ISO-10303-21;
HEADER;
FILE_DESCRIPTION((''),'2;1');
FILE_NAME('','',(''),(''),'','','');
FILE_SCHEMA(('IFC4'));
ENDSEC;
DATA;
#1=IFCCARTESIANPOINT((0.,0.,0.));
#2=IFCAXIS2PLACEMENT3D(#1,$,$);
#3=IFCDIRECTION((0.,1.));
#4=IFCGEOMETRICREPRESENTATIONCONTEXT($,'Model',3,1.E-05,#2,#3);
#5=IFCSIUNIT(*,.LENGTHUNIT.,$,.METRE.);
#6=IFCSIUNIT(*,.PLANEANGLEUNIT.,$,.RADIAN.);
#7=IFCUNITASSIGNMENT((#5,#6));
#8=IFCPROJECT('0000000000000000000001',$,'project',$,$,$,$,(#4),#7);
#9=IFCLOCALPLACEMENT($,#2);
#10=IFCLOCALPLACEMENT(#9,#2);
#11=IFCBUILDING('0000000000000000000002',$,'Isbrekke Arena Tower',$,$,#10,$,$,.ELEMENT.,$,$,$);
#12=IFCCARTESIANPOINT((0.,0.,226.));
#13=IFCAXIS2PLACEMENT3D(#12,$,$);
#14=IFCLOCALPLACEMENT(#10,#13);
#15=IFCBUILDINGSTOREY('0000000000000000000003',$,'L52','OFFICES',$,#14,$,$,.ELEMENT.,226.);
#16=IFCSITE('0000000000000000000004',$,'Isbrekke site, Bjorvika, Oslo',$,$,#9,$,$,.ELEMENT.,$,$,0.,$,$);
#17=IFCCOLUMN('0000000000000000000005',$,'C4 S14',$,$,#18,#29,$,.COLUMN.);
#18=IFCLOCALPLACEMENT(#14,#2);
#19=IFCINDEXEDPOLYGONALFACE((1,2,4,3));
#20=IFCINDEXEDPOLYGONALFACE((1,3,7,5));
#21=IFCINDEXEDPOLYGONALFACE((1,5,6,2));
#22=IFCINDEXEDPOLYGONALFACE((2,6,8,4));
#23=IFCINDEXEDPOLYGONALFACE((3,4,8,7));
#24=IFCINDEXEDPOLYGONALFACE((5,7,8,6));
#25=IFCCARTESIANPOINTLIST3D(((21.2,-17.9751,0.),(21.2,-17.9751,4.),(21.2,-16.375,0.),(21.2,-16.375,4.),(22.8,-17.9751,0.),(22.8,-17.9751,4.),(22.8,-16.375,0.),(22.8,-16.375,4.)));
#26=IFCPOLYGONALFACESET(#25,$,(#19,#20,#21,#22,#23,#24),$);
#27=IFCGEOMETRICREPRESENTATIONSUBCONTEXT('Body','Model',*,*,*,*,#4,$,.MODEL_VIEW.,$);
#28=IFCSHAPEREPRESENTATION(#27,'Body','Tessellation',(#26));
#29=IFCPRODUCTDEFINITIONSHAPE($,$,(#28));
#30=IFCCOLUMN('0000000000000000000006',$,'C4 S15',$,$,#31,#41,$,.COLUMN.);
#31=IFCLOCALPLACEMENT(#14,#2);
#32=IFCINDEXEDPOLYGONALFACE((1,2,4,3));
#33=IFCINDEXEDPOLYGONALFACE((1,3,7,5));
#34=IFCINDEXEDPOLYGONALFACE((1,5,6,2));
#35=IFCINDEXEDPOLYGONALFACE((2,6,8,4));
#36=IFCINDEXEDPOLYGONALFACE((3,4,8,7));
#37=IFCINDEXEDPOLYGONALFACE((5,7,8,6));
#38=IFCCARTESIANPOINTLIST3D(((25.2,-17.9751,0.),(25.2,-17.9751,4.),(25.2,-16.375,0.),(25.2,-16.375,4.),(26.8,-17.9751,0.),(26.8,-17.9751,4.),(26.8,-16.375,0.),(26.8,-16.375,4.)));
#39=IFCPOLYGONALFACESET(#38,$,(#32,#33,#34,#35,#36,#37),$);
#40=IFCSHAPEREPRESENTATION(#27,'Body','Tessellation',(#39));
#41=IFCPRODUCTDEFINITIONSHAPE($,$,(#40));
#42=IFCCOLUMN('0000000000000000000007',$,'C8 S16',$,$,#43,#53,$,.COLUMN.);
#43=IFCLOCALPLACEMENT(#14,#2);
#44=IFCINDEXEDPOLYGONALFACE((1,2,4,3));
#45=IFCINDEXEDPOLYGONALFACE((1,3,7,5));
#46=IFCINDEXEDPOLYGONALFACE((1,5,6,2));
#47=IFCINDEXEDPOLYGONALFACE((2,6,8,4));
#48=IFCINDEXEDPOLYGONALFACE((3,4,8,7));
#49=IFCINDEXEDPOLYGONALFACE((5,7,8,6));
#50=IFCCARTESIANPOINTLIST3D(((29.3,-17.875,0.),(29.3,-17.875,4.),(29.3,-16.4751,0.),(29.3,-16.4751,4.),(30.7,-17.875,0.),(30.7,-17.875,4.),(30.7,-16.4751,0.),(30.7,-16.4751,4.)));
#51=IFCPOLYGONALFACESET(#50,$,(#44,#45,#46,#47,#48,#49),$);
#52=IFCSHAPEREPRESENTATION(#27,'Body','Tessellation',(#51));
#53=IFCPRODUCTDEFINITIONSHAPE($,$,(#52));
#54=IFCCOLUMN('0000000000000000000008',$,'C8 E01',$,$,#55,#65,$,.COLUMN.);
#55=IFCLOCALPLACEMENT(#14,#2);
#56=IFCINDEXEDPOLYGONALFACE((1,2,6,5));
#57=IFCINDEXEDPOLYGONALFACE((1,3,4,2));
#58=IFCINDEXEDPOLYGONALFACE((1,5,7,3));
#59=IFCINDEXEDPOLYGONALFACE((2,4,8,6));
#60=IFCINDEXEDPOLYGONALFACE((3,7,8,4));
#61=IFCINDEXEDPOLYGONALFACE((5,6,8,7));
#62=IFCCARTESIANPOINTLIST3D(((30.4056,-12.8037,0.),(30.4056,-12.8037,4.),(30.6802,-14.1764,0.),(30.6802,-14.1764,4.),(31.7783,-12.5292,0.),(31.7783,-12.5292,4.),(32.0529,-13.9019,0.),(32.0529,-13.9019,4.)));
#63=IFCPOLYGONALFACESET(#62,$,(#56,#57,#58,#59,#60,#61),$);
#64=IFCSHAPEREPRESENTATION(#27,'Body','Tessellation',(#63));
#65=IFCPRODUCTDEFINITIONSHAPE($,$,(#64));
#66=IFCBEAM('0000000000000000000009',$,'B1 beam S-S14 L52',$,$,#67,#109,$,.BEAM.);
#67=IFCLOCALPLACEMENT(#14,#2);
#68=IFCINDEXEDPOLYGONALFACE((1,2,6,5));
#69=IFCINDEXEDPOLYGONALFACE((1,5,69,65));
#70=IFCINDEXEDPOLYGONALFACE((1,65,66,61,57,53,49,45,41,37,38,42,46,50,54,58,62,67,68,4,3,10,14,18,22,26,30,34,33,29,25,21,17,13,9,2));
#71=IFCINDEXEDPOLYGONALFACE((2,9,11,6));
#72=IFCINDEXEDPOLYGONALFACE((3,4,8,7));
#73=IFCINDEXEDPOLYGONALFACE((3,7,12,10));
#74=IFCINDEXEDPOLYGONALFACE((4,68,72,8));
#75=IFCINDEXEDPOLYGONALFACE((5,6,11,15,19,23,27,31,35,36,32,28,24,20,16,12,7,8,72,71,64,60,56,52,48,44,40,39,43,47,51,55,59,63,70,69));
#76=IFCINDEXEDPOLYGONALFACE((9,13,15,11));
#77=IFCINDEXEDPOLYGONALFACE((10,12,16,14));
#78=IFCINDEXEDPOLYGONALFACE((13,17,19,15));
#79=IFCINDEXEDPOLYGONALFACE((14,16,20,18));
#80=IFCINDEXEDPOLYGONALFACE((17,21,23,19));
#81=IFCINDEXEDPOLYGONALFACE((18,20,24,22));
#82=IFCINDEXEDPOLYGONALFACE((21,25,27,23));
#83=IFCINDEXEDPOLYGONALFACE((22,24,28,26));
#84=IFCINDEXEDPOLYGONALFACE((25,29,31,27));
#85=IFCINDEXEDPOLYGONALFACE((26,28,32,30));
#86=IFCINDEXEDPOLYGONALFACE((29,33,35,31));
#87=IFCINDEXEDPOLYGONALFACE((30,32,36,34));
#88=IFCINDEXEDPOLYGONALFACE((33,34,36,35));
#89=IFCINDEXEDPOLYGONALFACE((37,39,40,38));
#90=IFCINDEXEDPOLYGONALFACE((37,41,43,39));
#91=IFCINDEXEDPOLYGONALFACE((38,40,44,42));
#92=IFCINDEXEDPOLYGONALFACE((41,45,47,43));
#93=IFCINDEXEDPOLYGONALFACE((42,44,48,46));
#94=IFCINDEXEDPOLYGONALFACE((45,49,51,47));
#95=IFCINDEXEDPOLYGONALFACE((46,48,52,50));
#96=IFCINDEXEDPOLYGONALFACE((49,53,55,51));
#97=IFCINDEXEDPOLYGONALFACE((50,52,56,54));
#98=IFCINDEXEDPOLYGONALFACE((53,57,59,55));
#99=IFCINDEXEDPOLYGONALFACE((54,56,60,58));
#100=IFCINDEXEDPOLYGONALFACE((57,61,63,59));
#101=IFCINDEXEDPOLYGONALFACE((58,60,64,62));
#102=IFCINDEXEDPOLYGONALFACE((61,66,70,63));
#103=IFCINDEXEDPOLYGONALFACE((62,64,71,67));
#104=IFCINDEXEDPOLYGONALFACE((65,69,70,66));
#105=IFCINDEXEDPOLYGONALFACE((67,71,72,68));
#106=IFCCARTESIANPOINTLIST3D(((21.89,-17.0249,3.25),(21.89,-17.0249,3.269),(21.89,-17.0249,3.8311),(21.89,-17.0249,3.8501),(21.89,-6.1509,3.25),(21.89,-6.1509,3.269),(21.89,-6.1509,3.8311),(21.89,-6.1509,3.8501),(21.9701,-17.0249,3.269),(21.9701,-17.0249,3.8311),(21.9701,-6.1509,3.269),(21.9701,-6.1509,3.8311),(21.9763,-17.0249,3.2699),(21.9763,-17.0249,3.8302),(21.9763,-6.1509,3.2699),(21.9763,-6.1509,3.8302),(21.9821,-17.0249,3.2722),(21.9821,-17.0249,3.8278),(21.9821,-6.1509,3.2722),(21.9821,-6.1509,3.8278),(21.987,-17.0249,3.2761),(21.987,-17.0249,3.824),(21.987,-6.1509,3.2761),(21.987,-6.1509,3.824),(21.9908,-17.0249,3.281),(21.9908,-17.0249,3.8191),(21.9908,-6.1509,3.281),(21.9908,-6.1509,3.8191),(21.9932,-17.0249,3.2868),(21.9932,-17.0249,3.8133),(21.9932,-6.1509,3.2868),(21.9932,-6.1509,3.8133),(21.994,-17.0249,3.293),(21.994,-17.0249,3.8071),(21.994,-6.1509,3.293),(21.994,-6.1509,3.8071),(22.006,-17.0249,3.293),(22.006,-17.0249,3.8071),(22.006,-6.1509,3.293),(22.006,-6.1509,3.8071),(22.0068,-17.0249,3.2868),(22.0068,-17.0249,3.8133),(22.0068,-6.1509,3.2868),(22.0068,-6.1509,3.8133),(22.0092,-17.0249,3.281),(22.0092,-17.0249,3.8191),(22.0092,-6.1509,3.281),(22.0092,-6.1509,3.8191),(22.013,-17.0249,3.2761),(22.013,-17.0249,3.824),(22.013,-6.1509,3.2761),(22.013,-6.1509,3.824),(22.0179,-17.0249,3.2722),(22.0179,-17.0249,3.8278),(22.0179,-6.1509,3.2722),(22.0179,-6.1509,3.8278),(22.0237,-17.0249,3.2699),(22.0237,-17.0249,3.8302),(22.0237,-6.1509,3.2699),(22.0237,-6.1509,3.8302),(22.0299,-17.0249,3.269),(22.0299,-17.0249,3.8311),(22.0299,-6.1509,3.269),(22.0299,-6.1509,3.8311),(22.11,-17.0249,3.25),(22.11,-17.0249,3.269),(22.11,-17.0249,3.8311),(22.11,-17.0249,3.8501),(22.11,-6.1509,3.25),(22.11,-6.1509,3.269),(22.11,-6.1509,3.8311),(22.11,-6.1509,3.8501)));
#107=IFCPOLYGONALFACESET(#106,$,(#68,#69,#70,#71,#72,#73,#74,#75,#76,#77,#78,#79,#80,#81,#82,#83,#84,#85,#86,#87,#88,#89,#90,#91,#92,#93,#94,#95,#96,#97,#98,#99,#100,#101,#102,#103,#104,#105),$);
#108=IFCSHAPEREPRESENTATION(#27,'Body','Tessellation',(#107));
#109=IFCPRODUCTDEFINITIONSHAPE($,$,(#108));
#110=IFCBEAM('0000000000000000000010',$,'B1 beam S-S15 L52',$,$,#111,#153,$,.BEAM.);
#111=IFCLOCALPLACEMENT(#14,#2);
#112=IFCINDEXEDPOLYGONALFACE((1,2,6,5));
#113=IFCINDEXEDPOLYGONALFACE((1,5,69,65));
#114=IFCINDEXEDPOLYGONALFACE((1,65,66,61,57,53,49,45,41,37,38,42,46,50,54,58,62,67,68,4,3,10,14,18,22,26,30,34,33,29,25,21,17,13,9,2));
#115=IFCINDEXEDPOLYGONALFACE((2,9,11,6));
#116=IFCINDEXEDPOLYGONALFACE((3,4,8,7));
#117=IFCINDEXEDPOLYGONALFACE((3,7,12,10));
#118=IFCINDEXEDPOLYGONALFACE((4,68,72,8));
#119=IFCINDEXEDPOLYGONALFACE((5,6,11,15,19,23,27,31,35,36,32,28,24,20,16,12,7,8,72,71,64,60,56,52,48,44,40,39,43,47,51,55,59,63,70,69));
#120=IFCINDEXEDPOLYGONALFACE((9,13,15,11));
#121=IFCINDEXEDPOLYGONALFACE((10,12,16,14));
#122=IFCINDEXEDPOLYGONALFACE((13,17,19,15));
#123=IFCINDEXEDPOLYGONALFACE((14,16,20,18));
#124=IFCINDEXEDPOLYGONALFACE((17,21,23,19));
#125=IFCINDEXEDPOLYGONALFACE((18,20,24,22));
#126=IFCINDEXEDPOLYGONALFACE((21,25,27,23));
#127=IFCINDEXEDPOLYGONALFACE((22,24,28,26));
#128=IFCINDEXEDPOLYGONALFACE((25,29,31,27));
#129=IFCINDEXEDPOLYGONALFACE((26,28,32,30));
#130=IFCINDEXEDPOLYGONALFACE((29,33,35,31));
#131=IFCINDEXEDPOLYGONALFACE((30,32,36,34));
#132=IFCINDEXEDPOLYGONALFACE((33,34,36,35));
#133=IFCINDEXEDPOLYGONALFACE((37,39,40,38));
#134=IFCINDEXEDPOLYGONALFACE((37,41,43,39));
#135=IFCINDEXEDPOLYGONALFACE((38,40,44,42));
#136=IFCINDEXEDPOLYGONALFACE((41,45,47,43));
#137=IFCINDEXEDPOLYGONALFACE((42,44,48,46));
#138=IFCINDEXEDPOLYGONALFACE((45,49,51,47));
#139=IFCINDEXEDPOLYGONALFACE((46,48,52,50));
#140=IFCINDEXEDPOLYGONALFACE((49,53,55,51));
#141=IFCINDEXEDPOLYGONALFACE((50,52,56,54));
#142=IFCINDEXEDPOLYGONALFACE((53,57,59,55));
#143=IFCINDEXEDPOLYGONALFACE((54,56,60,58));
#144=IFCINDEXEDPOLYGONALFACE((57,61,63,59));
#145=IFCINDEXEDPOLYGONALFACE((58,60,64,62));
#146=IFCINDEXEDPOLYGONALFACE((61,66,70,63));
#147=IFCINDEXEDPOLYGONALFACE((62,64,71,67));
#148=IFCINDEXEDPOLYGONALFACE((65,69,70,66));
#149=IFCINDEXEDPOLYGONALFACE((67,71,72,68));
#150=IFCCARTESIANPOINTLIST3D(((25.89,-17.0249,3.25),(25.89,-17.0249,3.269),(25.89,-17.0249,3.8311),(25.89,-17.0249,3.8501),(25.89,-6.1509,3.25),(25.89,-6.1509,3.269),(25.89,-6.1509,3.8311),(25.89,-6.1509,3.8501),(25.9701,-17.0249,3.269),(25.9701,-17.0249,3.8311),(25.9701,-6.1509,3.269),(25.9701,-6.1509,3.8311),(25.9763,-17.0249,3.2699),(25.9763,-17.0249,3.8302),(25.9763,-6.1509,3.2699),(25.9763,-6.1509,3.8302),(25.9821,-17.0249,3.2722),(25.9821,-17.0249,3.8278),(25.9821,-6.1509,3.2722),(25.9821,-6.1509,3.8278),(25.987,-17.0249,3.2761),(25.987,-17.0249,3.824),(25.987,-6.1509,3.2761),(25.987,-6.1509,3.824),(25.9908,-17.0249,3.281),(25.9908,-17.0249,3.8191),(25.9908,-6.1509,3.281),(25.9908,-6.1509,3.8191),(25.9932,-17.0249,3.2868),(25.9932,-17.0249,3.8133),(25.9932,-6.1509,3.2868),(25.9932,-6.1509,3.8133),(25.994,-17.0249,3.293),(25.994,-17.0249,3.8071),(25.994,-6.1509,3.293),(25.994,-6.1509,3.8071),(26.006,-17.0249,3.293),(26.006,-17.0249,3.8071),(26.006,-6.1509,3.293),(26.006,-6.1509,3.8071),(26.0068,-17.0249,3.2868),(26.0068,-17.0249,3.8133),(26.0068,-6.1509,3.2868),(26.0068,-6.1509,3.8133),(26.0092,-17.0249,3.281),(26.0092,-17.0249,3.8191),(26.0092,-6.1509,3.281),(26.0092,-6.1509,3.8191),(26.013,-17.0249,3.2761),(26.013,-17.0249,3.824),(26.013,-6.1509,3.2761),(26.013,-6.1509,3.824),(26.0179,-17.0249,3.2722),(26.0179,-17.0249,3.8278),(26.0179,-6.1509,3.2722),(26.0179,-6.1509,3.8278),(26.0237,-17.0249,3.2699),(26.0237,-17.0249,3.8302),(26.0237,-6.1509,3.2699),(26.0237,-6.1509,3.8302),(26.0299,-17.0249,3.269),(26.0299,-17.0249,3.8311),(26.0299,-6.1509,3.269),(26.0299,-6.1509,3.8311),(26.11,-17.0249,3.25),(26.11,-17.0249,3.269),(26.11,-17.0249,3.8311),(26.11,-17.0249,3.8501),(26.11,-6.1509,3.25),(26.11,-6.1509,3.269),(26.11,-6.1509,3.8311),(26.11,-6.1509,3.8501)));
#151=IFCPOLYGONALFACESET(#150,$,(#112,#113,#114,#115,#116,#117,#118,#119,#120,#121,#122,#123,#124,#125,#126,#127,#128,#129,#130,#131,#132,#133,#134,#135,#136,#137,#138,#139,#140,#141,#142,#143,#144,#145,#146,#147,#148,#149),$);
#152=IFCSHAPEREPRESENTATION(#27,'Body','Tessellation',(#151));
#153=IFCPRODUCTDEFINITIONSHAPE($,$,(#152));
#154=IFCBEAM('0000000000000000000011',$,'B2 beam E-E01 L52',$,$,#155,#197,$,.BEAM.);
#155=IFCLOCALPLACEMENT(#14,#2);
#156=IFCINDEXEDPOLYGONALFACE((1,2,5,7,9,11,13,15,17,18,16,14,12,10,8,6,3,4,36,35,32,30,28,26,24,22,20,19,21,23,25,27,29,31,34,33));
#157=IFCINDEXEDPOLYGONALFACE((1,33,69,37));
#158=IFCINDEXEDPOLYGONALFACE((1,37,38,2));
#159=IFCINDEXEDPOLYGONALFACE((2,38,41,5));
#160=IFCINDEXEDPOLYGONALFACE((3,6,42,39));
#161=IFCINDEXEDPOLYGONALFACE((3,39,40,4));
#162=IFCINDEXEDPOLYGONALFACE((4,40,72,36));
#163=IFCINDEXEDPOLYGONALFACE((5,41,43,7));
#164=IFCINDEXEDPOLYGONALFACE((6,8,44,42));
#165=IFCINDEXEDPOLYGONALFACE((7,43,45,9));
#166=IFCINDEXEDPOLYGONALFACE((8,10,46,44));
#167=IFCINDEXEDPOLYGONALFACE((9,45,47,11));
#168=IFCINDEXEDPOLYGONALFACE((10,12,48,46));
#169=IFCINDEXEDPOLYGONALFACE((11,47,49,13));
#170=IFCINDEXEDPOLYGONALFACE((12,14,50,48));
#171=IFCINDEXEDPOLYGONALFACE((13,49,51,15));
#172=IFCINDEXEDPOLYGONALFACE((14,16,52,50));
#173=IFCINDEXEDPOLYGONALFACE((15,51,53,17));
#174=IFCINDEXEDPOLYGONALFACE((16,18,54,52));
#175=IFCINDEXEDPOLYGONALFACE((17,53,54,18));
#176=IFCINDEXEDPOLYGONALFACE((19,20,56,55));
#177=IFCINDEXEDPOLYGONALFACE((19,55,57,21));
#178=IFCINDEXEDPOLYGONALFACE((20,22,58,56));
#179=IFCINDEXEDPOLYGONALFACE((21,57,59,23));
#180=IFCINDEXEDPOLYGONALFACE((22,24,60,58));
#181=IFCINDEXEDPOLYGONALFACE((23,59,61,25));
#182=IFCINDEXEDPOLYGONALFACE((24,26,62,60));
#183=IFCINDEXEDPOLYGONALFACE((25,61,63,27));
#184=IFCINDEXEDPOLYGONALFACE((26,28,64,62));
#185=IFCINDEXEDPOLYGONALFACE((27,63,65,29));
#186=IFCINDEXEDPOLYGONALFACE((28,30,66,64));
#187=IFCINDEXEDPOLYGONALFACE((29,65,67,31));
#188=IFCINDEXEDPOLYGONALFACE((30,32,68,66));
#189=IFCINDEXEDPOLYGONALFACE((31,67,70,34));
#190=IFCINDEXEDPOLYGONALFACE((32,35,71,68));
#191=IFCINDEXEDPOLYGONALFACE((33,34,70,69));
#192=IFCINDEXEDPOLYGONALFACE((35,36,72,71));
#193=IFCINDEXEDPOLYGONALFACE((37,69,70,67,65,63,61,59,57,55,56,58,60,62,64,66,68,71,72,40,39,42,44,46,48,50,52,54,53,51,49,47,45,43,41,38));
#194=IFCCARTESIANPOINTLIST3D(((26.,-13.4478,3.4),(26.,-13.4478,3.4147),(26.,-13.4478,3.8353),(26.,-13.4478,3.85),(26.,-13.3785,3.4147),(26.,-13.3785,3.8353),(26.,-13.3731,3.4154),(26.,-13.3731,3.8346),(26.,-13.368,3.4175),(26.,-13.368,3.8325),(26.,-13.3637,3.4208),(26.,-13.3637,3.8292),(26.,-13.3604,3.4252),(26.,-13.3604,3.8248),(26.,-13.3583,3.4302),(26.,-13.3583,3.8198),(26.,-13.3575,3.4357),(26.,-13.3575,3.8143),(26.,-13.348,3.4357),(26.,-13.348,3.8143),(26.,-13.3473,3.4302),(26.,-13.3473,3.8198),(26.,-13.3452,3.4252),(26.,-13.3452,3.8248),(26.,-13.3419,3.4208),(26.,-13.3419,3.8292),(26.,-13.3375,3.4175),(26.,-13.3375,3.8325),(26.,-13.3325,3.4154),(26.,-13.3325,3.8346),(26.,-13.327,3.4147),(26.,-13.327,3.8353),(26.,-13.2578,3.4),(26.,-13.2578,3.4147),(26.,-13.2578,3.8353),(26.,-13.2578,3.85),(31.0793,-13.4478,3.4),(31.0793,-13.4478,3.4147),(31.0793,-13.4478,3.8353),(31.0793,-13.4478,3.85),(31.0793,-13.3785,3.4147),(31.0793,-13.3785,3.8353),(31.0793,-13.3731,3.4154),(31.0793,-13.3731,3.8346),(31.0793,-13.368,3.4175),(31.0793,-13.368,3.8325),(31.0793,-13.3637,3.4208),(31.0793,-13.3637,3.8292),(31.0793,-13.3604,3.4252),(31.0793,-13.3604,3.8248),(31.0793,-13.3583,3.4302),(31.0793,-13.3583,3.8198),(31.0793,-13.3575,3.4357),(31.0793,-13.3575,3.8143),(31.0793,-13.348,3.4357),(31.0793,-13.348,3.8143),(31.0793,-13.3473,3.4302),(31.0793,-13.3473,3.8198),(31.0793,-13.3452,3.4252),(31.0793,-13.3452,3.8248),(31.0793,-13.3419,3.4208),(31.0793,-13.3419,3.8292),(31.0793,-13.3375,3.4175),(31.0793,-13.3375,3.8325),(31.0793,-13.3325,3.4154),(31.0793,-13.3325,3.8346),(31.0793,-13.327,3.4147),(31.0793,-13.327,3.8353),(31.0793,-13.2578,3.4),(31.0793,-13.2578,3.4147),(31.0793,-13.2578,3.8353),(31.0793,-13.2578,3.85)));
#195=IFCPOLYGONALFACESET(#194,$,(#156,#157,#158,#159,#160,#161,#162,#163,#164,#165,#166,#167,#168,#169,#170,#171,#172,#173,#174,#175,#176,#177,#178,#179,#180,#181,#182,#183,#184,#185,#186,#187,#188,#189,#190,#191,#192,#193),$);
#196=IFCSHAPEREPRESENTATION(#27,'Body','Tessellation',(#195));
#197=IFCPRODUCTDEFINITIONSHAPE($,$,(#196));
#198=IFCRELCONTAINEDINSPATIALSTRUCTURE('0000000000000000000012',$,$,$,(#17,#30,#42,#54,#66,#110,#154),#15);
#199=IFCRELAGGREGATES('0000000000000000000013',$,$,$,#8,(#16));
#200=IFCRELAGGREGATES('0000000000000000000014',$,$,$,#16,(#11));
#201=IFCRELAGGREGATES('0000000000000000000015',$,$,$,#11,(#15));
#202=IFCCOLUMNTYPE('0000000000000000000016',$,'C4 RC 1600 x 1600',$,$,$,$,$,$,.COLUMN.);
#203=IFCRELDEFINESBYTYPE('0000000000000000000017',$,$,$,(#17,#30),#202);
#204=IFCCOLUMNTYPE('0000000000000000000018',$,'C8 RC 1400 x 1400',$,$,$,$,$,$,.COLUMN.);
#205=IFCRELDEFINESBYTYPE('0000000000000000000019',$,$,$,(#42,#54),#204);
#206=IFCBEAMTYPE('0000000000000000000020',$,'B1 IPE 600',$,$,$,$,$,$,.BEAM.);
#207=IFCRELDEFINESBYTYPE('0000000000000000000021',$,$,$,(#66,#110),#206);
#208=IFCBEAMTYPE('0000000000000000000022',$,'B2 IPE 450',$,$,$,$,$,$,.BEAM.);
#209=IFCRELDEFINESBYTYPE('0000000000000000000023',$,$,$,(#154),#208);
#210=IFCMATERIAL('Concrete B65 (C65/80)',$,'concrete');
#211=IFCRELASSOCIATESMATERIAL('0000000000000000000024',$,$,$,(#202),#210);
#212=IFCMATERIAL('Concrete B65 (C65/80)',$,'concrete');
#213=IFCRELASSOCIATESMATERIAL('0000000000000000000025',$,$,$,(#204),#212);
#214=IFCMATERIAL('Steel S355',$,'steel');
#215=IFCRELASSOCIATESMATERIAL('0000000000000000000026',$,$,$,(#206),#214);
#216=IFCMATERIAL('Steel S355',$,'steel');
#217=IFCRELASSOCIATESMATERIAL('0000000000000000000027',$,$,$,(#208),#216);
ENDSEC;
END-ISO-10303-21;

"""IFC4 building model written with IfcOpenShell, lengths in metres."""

from ifc_helpers import new_model, si_unit, direction, frame, origin, origin_2d, place, context, subcontext, project, spatial, rectangle, i_section, extrude, material, material_profile, profile_set, type_object, element, save


model = new_model("IFC4")

# Units and contexts
model_context = context("Model", 3, precision=1e-05, world=origin(), true_north=direction((0.0, 1.0)))
body_context = subcontext(model_context, "Body", "Model", "MODEL_VIEW")
ifc_project = project(units=[si_unit("LENGTHUNIT", "METRE"), si_unit("PLANEANGLEUNIT", "RADIAN")], contexts=[model_context])

# Site, building, storey
site_placement = place(None, origin())
site = spatial("IfcSite", under=ifc_project, at=site_placement, Name="Isbrekke site, Bjorvika, Oslo", CompositionType="ELEMENT", RefElevation=0.0)
building_placement = place(site_placement, origin())
building = spatial("IfcBuilding", under=site, at=building_placement, Name="Isbrekke Arena Tower", CompositionType="ELEMENT")
storey_placement = place(building_placement, frame((0.0, 0.0, 226.0)))
storey = spatial("IfcBuildingStorey", under=building, at=storey_placement, Name="L52", Description="OFFICES", CompositionType="ELEMENT", Elevation=226.0)

# Columns
ifc_material_1 = material(Name="Concrete B65 (C65/80)", Category="concrete")
ifc_material_profile_1 = material_profile(ifc_material_1, rectangle(XDim=1.6001, YDim=1.6001, at=origin_2d()), Name="RC 1600x1600")
ifc_profile_set_1 = profile_set([ifc_material_profile_1], Name="Concrete B65 (C65/80)")
column_type_1 = type_object("IfcColumnType", Name="C4 RC 1600 x 1600", PredefinedType="COLUMN", material=ifc_profile_set_1)
for number, where, z_axis, x_axis, name in (
    (1, (22.0, -17.175, 0.0), (0.0, 0.0, 1.0), (1.0, 0.0, 0.0), "C4 S14"),
    (2, (26.0, -17.175, 0.0), (0.0, 0.0, 1.0), (1.0, 0.0, 0.0), "C4 S15"),
):
    element("IfcColumn", number, at=place(storey_placement, frame(where, z_axis=z_axis, x_axis=x_axis)), inside=storey, type_object=column_type_1, Name=name, PredefinedType="COLUMN", context=body_context, shape_type="SweptSolid", body=[
        extrude(rectangle(XDim=1.6001, YDim=1.6001, at=origin_2d()), origin(), (0.0, 0.0, 1.0), 4.0),
    ])
ifc_material_2 = material(Name="Concrete B65 (C65/80)", Category="concrete")
ifc_material_profile_2 = material_profile(ifc_material_2, rectangle(XDim=1.3999, YDim=1.3999, at=origin_2d()), Name="RC 1400x1400")
ifc_profile_set_2 = profile_set([ifc_material_profile_2], Name="Concrete B65 (C65/80)")
column_type_2 = type_object("IfcColumnType", Name="C8 RC 1400 x 1400", PredefinedType="COLUMN", material=ifc_profile_set_2)
for number, where, z_axis, x_axis, name in (
    (3, (30.0, -17.175, 0.0), (0.0, 0.0, 1.0), (1.0, 0.0, 0.0), "C8 S16"),
    (4, (31.2292, -13.3528, 0.0), (0.0, 0.0, 1.0), (-0.196116, 0.980581, 0.0), "C8 E01"),
):
    element("IfcColumn", number, at=place(storey_placement, frame(where, z_axis=z_axis, x_axis=x_axis)), inside=storey, type_object=column_type_2, Name=name, PredefinedType="COLUMN", context=body_context, shape_type="SweptSolid", body=[
        extrude(rectangle(XDim=1.3999, YDim=1.3999, at=origin_2d()), origin(), (0.0, 0.0, 1.0), 4.0),
    ])

# Beams
ifc_material_3 = material(Name="Steel S355", Category="steel")
ifc_material_profile_3 = material_profile(ifc_material_3, i_section(OverallWidth=0.22, OverallDepth=0.6001, WebThickness=0.012, FlangeThickness=0.019, FilletRadius=0.0239, at=origin_2d()), Name="IPE 600")
ifc_profile_set_3 = profile_set([ifc_material_profile_3], Name="Steel S355")
beam_type_1 = type_object("IfcBeamType", Name="B1 IPE 600", PredefinedType="BEAM", material=ifc_profile_set_3)
for number, where, z_axis, x_axis, name in (
    (5, (22.0, -17.0249, 3.55), (0.0, 1.0, 0.0), (-1.0, 0.0, 0.0), "B1 beam S-S14 L52"),
    (6, (26.0, -17.0249, 3.55), (0.0, 1.0, 0.0), (-1.0, 0.0, 0.0), "B1 beam S-S15 L52"),
):
    element("IfcBeam", number, at=place(storey_placement, frame(where, z_axis=z_axis, x_axis=x_axis)), inside=storey, type_object=beam_type_1, Name=name, PredefinedType="BEAM", context=body_context, shape_type="SweptSolid", body=[
        extrude(i_section(OverallWidth=0.22, OverallDepth=0.6001, WebThickness=0.012, FlangeThickness=0.019, FilletRadius=0.0239, at=origin_2d()), origin(), (0.0, 0.0, 1.0), 10.874),
    ])
ifc_material_4 = material(Name="Steel S355", Category="steel")
ifc_material_profile_4 = material_profile(ifc_material_4, i_section(OverallWidth=0.1899, OverallDepth=0.45, WebThickness=0.0095, FlangeThickness=0.0146, FilletRadius=0.021, at=origin_2d()), Name="IPE 450")
ifc_profile_set_4 = profile_set([ifc_material_profile_4], Name="Steel S355")
beam_type_2 = type_object("IfcBeamType", Name="B2 IPE 450", PredefinedType="BEAM", material=ifc_profile_set_4)
beam_1_placement = place(storey_placement, frame((31.0793, -13.3528, 3.625), z_axis=(-1.0, 0.0, 0.0), x_axis=(0.0, -1.0, 0.0)))
element("IfcBeam", 7, at=beam_1_placement, inside=storey, type_object=beam_type_2, Name="B2 beam E-E01 L52", PredefinedType="BEAM", context=body_context, shape_type="SweptSolid", body=[
    extrude(i_section(OverallWidth=0.1899, OverallDepth=0.45, WebThickness=0.0095, FlangeThickness=0.0146, FilletRadius=0.021, at=origin_2d()), origin(), (0.0, 0.0, 1.0), 5.0793),
])

save(model, "model.ifc")
